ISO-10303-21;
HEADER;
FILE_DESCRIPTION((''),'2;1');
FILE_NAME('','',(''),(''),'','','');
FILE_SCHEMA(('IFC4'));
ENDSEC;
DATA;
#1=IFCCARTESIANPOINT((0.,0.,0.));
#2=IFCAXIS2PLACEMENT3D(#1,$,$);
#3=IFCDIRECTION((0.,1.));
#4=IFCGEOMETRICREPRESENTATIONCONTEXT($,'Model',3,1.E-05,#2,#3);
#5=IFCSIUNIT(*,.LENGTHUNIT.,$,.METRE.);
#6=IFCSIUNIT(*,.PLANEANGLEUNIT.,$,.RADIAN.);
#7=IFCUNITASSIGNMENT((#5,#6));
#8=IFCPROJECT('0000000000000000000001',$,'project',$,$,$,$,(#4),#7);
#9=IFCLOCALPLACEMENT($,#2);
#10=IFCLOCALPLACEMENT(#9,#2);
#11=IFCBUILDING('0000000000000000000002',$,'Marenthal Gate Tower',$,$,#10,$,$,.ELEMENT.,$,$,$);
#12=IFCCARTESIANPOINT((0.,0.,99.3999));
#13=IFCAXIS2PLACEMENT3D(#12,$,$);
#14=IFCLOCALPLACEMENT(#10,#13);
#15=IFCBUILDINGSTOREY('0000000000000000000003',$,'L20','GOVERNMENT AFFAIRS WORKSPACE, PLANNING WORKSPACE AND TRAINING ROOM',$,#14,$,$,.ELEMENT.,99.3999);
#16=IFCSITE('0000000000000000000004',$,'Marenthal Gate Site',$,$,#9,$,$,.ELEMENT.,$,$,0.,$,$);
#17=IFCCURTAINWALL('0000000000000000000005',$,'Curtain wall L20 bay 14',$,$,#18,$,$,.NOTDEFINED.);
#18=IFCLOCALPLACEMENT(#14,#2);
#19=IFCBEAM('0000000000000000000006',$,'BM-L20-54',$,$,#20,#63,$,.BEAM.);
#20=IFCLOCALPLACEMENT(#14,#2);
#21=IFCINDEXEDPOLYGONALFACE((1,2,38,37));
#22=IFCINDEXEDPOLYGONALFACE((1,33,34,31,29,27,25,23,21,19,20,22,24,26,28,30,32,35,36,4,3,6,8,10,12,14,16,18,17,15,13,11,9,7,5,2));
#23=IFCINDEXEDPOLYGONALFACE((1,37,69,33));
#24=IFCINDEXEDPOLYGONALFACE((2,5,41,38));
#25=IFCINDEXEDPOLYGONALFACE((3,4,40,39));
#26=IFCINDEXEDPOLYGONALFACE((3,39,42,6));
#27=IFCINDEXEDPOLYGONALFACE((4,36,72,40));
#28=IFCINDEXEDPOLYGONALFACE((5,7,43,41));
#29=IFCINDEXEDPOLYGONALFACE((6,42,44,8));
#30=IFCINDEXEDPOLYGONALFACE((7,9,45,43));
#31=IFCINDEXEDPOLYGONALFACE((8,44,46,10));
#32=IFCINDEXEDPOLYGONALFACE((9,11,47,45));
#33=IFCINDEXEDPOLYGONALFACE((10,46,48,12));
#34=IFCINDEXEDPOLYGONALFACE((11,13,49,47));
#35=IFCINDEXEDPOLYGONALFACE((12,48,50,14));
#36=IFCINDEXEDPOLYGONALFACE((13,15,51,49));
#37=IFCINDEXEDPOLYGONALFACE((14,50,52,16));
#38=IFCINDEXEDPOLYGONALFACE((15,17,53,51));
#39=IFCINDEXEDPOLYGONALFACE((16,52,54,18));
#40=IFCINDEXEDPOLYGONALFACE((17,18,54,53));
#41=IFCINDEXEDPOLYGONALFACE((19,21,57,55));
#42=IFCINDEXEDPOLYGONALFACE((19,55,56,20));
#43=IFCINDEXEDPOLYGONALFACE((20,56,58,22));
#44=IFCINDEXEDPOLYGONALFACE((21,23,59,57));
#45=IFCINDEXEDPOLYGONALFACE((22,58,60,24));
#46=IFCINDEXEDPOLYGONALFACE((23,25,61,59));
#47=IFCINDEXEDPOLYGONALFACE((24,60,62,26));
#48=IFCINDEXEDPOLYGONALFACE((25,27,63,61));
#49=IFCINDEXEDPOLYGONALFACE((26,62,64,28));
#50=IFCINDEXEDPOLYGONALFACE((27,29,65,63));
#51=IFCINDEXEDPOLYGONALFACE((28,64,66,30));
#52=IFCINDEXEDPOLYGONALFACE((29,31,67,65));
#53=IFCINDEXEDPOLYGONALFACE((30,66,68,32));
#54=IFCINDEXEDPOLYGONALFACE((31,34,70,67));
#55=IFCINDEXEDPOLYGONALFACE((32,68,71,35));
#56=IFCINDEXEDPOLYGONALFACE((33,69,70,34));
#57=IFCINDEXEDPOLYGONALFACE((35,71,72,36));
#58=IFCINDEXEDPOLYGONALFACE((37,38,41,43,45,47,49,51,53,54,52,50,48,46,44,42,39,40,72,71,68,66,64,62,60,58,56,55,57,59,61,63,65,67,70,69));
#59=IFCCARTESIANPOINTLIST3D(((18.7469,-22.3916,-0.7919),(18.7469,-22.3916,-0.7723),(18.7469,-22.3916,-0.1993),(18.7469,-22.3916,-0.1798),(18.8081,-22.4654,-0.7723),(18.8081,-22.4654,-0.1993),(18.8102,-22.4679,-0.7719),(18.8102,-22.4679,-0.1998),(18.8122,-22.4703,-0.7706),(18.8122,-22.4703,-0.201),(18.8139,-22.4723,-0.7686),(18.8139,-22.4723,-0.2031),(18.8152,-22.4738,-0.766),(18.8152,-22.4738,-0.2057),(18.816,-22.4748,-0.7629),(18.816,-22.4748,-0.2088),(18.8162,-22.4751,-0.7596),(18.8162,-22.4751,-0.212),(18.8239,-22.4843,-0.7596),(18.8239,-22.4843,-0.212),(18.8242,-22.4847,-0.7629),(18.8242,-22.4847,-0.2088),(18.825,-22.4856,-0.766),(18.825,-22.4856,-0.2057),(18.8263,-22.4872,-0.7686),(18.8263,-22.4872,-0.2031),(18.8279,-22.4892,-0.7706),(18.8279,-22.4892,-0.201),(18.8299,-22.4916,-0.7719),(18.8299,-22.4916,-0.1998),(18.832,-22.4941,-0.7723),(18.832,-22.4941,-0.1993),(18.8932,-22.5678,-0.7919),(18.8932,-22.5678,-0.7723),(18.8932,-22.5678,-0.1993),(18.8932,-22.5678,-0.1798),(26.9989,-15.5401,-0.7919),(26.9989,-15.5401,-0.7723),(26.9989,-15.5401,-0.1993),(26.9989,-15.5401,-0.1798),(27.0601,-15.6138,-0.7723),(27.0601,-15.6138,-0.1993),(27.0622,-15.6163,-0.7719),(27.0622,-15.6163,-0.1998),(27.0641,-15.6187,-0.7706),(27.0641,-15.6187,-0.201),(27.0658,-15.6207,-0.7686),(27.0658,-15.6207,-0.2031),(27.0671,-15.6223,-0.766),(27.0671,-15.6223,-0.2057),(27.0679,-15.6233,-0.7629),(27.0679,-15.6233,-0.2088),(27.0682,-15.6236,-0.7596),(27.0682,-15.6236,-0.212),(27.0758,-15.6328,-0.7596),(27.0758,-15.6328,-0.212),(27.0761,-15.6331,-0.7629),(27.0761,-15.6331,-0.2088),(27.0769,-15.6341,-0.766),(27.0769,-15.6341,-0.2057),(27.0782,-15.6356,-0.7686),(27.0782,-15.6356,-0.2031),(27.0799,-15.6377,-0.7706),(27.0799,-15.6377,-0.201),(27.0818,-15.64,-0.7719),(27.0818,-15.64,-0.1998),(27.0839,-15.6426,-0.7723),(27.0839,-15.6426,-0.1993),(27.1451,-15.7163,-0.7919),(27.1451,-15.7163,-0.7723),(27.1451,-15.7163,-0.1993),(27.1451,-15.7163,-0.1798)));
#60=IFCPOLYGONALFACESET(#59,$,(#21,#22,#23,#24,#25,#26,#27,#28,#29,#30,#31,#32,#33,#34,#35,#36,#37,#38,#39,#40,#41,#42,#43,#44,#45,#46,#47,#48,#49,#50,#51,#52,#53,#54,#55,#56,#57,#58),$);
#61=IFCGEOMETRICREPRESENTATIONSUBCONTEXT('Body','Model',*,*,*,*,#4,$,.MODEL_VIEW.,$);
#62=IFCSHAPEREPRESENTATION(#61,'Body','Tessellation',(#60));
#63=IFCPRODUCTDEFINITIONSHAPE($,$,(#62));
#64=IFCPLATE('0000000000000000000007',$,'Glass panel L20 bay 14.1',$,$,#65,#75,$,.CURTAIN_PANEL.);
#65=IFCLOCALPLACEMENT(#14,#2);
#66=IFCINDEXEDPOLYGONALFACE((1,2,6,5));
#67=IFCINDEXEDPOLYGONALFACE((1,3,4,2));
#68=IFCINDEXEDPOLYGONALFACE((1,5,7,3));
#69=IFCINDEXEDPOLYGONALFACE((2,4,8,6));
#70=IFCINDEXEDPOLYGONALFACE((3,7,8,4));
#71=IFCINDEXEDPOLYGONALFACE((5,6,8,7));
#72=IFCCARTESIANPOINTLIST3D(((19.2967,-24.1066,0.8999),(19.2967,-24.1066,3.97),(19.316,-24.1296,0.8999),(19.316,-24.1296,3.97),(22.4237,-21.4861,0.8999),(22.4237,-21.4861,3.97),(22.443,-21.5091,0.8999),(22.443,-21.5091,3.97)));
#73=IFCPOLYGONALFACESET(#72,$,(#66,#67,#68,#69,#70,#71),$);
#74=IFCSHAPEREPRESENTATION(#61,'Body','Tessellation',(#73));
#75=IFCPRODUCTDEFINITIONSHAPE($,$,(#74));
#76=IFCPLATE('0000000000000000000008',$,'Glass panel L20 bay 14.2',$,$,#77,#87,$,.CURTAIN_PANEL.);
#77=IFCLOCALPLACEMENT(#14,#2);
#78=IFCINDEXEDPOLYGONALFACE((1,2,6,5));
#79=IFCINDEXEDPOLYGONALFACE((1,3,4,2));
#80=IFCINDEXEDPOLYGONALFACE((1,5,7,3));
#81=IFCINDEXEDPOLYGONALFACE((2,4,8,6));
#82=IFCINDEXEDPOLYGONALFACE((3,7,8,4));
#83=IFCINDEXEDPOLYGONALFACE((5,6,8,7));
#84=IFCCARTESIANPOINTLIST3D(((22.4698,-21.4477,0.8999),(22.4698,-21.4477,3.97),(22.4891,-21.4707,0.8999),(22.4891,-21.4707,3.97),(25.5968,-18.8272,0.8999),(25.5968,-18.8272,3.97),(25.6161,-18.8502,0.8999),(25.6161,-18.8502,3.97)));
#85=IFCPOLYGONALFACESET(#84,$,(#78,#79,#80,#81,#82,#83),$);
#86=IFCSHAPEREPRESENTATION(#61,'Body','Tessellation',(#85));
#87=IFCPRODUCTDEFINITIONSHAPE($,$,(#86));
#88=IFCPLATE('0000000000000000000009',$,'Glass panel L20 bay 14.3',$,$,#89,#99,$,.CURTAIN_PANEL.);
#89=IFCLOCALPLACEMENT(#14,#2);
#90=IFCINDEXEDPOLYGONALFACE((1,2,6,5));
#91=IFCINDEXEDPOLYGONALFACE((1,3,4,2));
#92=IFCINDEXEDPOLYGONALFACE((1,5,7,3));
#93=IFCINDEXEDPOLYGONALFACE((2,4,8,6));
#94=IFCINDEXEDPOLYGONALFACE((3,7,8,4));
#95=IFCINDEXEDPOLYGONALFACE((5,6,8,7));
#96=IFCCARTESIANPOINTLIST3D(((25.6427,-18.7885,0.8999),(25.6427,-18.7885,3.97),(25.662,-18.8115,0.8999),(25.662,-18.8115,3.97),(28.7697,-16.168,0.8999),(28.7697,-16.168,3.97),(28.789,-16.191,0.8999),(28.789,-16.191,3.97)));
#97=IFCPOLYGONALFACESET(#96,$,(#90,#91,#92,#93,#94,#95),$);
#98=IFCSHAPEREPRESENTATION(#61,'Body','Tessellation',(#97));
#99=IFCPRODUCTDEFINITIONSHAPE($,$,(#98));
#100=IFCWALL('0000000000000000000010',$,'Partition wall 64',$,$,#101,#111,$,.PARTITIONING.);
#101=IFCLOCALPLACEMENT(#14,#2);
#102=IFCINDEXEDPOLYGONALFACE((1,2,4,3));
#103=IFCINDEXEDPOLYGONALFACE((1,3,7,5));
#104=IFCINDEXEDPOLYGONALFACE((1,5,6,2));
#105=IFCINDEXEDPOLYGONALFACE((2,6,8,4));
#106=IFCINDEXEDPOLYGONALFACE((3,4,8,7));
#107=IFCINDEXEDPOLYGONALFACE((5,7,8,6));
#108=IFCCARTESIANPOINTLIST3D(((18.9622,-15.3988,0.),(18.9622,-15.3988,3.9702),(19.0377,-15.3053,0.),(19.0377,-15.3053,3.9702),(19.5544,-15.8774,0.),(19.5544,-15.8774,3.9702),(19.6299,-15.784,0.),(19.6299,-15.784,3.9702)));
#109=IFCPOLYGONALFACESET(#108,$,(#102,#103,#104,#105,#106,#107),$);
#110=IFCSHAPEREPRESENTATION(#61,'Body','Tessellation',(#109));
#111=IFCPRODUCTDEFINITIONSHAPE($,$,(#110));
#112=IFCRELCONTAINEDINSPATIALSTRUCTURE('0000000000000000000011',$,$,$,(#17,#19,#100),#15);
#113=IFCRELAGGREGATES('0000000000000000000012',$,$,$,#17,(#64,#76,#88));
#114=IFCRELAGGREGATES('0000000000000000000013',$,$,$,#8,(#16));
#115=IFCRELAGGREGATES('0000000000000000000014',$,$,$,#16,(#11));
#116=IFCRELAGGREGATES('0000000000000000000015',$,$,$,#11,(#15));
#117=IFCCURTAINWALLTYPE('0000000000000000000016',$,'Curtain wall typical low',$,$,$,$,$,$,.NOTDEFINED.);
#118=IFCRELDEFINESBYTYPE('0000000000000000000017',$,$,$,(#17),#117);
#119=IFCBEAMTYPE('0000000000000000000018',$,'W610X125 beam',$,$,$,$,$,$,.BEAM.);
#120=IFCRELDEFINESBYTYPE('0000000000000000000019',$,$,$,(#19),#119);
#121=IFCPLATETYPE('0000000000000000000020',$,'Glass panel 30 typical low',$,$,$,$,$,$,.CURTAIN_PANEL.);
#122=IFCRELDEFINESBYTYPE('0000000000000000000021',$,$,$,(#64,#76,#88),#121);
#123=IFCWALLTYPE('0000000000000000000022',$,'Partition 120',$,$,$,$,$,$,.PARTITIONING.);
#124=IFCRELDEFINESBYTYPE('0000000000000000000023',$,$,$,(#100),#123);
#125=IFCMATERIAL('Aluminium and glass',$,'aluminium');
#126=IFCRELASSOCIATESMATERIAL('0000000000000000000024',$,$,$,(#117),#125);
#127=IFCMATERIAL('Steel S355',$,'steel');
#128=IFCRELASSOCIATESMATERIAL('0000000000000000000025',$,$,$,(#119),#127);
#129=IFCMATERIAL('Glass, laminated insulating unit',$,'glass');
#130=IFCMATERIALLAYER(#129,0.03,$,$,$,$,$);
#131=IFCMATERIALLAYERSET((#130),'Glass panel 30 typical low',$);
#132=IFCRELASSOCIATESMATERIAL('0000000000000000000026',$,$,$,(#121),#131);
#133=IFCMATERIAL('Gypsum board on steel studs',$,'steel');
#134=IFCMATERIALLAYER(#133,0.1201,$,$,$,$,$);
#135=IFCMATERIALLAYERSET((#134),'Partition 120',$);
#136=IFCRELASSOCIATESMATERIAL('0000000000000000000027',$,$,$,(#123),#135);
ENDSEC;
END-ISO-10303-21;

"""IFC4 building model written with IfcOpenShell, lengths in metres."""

from ifc_helpers import new_model, si_unit, direction, frame, frame_2d, origin, origin_2d, place, context, subcontext, project, spatial, rectangle, i_section, extrude, material, layer, layer_set, material_profile, profile_set, type_object, element, aggregate, save


model = new_model("IFC4")

# Units and contexts
model_context = context("Model", 3, precision=1e-05, world=origin(), true_north=direction((0.0, 1.0)))
body_context = subcontext(model_context, "Body", "Model", "MODEL_VIEW")
ifc_project = project(units=[si_unit("LENGTHUNIT", "METRE"), si_unit("PLANEANGLEUNIT", "RADIAN")], contexts=[model_context])

# Site, building, storey
site_placement = place(None, origin())
site = spatial("IfcSite", under=ifc_project, at=site_placement, Name="Marenthal Gate Site", CompositionType="ELEMENT", RefElevation=0.0)
building_placement = place(site_placement, origin())
building = spatial("IfcBuilding", under=site, at=building_placement, Name="Marenthal Gate Tower", CompositionType="ELEMENT")
storey_placement = place(building_placement, frame((0.0, 0.0, 99.3999)))
storey = spatial("IfcBuildingStorey", under=building, at=storey_placement, Name="L20", Description="GOVERNMENT AFFAIRS WORKSPACE, PLANNING WORKSPACE AND TRAINING ROOM", CompositionType="ELEMENT", Elevation=99.3999)

# Curtain wall
ifc_material_1 = material(Name="Aluminium and glass", Category="aluminium")
curtain_wall_type = type_object("IfcCurtainWallType", Name="Curtain wall typical low", PredefinedType="NOTDEFINED", material=ifc_material_1)
curtain_wall_placement = place(storey_placement, origin())
curtain_wall = element("IfcCurtainWall", 1, at=curtain_wall_placement, inside=storey, type_object=curtain_wall_type, Name="Curtain wall L20 bay 14", PredefinedType="NOTDEFINED")

# Beam
ifc_material_2 = material(Name="Steel S355", Category="steel")
ifc_material_profile_1 = material_profile(ifc_material_2, i_section(OverallWidth=0.229, OverallDepth=0.6121, WebThickness=0.012, FlangeThickness=0.0195, FilletRadius=0.0127, at=origin_2d()), Name="W610X125")
ifc_profile_set_1 = profile_set([ifc_material_profile_1], Name="Steel S355")
beam_type_1 = type_object("IfcBeamType", Name="W610X125 beam", PredefinedType="BEAM", material=ifc_profile_set_1)
beam_1_placement = place(storey_placement, frame((18.8201, -22.4797, -0.4858), z_axis=(0.769369, 0.638804, 0.0), x_axis=(-0.638804, 0.769369, 0.0)))
element("IfcBeam", 2, at=beam_1_placement, inside=storey, type_object=beam_type_1, Name="BM-L20-54", PredefinedType="BEAM", context=body_context, shape_type="SweptSolid", body=[
    extrude(i_section(OverallWidth=0.229, OverallDepth=0.6121, WebThickness=0.012, FlangeThickness=0.0195, FilletRadius=0.0127, at=origin_2d()), origin(), (0.0, 0.0, 1.0), 10.7256),
])

# Plates
ifc_material_3 = material(Name="Glass, laminated insulating unit", Category="glass")
ifc_layer_1 = layer(ifc_material_3, 0.03)
ifc_layer_set_1 = layer_set([ifc_layer_1], Name="Glass panel 30 typical low")
plate_type = type_object("IfcPlateType", Name="Glass panel 30 typical low", PredefinedType="CURTAIN_PANEL", material=ifc_layer_set_1)
plate_1_placement = place(storey_placement, frame((20.8699, -22.8079, 0.8999), z_axis=(0.0, 0.0, 1.0), x_axis=(0.766447, 0.642308, 0.0)))
plate_1 = element("IfcPlate", 3, at=plate_1_placement, type_object=plate_type, Name="Glass panel L20 bay 14.1", PredefinedType="CURTAIN_PANEL", context=body_context, shape_type="SweptSolid", body=[
    extrude(rectangle(XDim=4.0798, YDim=0.03, at=origin_2d()), origin(), (0.0, 0.0, 1.0), 3.0701),
])
plate_2_placement = place(storey_placement, frame((24.043, -20.1489, 0.8999), z_axis=(0.0, 0.0, 1.0), x_axis=(0.766447, 0.642308, 0.0)))
plate_2 = element("IfcPlate", 4, at=plate_2_placement, type_object=plate_type, Name="Glass panel L20 bay 14.2", PredefinedType="CURTAIN_PANEL", context=body_context, shape_type="SweptSolid", body=[
    extrude(rectangle(XDim=4.0798, YDim=0.03, at=origin_2d()), origin(), (0.0, 0.0, 1.0), 3.0701),
])
plate_3_placement = place(storey_placement, frame((27.2158, -17.4897, 0.8999), z_axis=(0.0, 0.0, 1.0), x_axis=(0.766447, 0.642308, 0.0)))
plate_3 = element("IfcPlate", 5, at=plate_3_placement, type_object=plate_type, Name="Glass panel L20 bay 14.3", PredefinedType="CURTAIN_PANEL", context=body_context, shape_type="SweptSolid", body=[
    extrude(rectangle(XDim=4.0798, YDim=0.03, at=origin_2d()), origin(), (0.0, 0.0, 1.0), 3.0701),
])
aggregate(curtain_wall, [plate_1, plate_2, plate_3])

# Wall
ifc_material_4 = material(Name="Gypsum board on steel studs", Category="steel")
ifc_layer_2 = layer(ifc_material_4, 0.1201)
ifc_layer_set_2 = layer_set([ifc_layer_2], Name="Partition 120")
wall_type_1 = type_object("IfcWallType", Name="Partition 120", PredefinedType="PARTITIONING", material=ifc_layer_set_2)
wall_1_placement = place(storey_placement, frame((19.5923, -15.8308, 0.0), z_axis=(0.0, 0.0, 1.0), x_axis=(-0.7777, 0.628636, 0.0)))
element("IfcWall", 6, at=wall_1_placement, inside=storey, type_object=wall_type_1, Name="Partition wall 64", PredefinedType="PARTITIONING", context=body_context, shape_type="SweptSolid", body=[
    extrude(rectangle(XDim=0.7615, YDim=0.1201, at=frame_2d((0.3809, 0.0))), origin(), (0.0, 0.0, 1.0), 3.9702),
])

save(model, "model.ifc")
